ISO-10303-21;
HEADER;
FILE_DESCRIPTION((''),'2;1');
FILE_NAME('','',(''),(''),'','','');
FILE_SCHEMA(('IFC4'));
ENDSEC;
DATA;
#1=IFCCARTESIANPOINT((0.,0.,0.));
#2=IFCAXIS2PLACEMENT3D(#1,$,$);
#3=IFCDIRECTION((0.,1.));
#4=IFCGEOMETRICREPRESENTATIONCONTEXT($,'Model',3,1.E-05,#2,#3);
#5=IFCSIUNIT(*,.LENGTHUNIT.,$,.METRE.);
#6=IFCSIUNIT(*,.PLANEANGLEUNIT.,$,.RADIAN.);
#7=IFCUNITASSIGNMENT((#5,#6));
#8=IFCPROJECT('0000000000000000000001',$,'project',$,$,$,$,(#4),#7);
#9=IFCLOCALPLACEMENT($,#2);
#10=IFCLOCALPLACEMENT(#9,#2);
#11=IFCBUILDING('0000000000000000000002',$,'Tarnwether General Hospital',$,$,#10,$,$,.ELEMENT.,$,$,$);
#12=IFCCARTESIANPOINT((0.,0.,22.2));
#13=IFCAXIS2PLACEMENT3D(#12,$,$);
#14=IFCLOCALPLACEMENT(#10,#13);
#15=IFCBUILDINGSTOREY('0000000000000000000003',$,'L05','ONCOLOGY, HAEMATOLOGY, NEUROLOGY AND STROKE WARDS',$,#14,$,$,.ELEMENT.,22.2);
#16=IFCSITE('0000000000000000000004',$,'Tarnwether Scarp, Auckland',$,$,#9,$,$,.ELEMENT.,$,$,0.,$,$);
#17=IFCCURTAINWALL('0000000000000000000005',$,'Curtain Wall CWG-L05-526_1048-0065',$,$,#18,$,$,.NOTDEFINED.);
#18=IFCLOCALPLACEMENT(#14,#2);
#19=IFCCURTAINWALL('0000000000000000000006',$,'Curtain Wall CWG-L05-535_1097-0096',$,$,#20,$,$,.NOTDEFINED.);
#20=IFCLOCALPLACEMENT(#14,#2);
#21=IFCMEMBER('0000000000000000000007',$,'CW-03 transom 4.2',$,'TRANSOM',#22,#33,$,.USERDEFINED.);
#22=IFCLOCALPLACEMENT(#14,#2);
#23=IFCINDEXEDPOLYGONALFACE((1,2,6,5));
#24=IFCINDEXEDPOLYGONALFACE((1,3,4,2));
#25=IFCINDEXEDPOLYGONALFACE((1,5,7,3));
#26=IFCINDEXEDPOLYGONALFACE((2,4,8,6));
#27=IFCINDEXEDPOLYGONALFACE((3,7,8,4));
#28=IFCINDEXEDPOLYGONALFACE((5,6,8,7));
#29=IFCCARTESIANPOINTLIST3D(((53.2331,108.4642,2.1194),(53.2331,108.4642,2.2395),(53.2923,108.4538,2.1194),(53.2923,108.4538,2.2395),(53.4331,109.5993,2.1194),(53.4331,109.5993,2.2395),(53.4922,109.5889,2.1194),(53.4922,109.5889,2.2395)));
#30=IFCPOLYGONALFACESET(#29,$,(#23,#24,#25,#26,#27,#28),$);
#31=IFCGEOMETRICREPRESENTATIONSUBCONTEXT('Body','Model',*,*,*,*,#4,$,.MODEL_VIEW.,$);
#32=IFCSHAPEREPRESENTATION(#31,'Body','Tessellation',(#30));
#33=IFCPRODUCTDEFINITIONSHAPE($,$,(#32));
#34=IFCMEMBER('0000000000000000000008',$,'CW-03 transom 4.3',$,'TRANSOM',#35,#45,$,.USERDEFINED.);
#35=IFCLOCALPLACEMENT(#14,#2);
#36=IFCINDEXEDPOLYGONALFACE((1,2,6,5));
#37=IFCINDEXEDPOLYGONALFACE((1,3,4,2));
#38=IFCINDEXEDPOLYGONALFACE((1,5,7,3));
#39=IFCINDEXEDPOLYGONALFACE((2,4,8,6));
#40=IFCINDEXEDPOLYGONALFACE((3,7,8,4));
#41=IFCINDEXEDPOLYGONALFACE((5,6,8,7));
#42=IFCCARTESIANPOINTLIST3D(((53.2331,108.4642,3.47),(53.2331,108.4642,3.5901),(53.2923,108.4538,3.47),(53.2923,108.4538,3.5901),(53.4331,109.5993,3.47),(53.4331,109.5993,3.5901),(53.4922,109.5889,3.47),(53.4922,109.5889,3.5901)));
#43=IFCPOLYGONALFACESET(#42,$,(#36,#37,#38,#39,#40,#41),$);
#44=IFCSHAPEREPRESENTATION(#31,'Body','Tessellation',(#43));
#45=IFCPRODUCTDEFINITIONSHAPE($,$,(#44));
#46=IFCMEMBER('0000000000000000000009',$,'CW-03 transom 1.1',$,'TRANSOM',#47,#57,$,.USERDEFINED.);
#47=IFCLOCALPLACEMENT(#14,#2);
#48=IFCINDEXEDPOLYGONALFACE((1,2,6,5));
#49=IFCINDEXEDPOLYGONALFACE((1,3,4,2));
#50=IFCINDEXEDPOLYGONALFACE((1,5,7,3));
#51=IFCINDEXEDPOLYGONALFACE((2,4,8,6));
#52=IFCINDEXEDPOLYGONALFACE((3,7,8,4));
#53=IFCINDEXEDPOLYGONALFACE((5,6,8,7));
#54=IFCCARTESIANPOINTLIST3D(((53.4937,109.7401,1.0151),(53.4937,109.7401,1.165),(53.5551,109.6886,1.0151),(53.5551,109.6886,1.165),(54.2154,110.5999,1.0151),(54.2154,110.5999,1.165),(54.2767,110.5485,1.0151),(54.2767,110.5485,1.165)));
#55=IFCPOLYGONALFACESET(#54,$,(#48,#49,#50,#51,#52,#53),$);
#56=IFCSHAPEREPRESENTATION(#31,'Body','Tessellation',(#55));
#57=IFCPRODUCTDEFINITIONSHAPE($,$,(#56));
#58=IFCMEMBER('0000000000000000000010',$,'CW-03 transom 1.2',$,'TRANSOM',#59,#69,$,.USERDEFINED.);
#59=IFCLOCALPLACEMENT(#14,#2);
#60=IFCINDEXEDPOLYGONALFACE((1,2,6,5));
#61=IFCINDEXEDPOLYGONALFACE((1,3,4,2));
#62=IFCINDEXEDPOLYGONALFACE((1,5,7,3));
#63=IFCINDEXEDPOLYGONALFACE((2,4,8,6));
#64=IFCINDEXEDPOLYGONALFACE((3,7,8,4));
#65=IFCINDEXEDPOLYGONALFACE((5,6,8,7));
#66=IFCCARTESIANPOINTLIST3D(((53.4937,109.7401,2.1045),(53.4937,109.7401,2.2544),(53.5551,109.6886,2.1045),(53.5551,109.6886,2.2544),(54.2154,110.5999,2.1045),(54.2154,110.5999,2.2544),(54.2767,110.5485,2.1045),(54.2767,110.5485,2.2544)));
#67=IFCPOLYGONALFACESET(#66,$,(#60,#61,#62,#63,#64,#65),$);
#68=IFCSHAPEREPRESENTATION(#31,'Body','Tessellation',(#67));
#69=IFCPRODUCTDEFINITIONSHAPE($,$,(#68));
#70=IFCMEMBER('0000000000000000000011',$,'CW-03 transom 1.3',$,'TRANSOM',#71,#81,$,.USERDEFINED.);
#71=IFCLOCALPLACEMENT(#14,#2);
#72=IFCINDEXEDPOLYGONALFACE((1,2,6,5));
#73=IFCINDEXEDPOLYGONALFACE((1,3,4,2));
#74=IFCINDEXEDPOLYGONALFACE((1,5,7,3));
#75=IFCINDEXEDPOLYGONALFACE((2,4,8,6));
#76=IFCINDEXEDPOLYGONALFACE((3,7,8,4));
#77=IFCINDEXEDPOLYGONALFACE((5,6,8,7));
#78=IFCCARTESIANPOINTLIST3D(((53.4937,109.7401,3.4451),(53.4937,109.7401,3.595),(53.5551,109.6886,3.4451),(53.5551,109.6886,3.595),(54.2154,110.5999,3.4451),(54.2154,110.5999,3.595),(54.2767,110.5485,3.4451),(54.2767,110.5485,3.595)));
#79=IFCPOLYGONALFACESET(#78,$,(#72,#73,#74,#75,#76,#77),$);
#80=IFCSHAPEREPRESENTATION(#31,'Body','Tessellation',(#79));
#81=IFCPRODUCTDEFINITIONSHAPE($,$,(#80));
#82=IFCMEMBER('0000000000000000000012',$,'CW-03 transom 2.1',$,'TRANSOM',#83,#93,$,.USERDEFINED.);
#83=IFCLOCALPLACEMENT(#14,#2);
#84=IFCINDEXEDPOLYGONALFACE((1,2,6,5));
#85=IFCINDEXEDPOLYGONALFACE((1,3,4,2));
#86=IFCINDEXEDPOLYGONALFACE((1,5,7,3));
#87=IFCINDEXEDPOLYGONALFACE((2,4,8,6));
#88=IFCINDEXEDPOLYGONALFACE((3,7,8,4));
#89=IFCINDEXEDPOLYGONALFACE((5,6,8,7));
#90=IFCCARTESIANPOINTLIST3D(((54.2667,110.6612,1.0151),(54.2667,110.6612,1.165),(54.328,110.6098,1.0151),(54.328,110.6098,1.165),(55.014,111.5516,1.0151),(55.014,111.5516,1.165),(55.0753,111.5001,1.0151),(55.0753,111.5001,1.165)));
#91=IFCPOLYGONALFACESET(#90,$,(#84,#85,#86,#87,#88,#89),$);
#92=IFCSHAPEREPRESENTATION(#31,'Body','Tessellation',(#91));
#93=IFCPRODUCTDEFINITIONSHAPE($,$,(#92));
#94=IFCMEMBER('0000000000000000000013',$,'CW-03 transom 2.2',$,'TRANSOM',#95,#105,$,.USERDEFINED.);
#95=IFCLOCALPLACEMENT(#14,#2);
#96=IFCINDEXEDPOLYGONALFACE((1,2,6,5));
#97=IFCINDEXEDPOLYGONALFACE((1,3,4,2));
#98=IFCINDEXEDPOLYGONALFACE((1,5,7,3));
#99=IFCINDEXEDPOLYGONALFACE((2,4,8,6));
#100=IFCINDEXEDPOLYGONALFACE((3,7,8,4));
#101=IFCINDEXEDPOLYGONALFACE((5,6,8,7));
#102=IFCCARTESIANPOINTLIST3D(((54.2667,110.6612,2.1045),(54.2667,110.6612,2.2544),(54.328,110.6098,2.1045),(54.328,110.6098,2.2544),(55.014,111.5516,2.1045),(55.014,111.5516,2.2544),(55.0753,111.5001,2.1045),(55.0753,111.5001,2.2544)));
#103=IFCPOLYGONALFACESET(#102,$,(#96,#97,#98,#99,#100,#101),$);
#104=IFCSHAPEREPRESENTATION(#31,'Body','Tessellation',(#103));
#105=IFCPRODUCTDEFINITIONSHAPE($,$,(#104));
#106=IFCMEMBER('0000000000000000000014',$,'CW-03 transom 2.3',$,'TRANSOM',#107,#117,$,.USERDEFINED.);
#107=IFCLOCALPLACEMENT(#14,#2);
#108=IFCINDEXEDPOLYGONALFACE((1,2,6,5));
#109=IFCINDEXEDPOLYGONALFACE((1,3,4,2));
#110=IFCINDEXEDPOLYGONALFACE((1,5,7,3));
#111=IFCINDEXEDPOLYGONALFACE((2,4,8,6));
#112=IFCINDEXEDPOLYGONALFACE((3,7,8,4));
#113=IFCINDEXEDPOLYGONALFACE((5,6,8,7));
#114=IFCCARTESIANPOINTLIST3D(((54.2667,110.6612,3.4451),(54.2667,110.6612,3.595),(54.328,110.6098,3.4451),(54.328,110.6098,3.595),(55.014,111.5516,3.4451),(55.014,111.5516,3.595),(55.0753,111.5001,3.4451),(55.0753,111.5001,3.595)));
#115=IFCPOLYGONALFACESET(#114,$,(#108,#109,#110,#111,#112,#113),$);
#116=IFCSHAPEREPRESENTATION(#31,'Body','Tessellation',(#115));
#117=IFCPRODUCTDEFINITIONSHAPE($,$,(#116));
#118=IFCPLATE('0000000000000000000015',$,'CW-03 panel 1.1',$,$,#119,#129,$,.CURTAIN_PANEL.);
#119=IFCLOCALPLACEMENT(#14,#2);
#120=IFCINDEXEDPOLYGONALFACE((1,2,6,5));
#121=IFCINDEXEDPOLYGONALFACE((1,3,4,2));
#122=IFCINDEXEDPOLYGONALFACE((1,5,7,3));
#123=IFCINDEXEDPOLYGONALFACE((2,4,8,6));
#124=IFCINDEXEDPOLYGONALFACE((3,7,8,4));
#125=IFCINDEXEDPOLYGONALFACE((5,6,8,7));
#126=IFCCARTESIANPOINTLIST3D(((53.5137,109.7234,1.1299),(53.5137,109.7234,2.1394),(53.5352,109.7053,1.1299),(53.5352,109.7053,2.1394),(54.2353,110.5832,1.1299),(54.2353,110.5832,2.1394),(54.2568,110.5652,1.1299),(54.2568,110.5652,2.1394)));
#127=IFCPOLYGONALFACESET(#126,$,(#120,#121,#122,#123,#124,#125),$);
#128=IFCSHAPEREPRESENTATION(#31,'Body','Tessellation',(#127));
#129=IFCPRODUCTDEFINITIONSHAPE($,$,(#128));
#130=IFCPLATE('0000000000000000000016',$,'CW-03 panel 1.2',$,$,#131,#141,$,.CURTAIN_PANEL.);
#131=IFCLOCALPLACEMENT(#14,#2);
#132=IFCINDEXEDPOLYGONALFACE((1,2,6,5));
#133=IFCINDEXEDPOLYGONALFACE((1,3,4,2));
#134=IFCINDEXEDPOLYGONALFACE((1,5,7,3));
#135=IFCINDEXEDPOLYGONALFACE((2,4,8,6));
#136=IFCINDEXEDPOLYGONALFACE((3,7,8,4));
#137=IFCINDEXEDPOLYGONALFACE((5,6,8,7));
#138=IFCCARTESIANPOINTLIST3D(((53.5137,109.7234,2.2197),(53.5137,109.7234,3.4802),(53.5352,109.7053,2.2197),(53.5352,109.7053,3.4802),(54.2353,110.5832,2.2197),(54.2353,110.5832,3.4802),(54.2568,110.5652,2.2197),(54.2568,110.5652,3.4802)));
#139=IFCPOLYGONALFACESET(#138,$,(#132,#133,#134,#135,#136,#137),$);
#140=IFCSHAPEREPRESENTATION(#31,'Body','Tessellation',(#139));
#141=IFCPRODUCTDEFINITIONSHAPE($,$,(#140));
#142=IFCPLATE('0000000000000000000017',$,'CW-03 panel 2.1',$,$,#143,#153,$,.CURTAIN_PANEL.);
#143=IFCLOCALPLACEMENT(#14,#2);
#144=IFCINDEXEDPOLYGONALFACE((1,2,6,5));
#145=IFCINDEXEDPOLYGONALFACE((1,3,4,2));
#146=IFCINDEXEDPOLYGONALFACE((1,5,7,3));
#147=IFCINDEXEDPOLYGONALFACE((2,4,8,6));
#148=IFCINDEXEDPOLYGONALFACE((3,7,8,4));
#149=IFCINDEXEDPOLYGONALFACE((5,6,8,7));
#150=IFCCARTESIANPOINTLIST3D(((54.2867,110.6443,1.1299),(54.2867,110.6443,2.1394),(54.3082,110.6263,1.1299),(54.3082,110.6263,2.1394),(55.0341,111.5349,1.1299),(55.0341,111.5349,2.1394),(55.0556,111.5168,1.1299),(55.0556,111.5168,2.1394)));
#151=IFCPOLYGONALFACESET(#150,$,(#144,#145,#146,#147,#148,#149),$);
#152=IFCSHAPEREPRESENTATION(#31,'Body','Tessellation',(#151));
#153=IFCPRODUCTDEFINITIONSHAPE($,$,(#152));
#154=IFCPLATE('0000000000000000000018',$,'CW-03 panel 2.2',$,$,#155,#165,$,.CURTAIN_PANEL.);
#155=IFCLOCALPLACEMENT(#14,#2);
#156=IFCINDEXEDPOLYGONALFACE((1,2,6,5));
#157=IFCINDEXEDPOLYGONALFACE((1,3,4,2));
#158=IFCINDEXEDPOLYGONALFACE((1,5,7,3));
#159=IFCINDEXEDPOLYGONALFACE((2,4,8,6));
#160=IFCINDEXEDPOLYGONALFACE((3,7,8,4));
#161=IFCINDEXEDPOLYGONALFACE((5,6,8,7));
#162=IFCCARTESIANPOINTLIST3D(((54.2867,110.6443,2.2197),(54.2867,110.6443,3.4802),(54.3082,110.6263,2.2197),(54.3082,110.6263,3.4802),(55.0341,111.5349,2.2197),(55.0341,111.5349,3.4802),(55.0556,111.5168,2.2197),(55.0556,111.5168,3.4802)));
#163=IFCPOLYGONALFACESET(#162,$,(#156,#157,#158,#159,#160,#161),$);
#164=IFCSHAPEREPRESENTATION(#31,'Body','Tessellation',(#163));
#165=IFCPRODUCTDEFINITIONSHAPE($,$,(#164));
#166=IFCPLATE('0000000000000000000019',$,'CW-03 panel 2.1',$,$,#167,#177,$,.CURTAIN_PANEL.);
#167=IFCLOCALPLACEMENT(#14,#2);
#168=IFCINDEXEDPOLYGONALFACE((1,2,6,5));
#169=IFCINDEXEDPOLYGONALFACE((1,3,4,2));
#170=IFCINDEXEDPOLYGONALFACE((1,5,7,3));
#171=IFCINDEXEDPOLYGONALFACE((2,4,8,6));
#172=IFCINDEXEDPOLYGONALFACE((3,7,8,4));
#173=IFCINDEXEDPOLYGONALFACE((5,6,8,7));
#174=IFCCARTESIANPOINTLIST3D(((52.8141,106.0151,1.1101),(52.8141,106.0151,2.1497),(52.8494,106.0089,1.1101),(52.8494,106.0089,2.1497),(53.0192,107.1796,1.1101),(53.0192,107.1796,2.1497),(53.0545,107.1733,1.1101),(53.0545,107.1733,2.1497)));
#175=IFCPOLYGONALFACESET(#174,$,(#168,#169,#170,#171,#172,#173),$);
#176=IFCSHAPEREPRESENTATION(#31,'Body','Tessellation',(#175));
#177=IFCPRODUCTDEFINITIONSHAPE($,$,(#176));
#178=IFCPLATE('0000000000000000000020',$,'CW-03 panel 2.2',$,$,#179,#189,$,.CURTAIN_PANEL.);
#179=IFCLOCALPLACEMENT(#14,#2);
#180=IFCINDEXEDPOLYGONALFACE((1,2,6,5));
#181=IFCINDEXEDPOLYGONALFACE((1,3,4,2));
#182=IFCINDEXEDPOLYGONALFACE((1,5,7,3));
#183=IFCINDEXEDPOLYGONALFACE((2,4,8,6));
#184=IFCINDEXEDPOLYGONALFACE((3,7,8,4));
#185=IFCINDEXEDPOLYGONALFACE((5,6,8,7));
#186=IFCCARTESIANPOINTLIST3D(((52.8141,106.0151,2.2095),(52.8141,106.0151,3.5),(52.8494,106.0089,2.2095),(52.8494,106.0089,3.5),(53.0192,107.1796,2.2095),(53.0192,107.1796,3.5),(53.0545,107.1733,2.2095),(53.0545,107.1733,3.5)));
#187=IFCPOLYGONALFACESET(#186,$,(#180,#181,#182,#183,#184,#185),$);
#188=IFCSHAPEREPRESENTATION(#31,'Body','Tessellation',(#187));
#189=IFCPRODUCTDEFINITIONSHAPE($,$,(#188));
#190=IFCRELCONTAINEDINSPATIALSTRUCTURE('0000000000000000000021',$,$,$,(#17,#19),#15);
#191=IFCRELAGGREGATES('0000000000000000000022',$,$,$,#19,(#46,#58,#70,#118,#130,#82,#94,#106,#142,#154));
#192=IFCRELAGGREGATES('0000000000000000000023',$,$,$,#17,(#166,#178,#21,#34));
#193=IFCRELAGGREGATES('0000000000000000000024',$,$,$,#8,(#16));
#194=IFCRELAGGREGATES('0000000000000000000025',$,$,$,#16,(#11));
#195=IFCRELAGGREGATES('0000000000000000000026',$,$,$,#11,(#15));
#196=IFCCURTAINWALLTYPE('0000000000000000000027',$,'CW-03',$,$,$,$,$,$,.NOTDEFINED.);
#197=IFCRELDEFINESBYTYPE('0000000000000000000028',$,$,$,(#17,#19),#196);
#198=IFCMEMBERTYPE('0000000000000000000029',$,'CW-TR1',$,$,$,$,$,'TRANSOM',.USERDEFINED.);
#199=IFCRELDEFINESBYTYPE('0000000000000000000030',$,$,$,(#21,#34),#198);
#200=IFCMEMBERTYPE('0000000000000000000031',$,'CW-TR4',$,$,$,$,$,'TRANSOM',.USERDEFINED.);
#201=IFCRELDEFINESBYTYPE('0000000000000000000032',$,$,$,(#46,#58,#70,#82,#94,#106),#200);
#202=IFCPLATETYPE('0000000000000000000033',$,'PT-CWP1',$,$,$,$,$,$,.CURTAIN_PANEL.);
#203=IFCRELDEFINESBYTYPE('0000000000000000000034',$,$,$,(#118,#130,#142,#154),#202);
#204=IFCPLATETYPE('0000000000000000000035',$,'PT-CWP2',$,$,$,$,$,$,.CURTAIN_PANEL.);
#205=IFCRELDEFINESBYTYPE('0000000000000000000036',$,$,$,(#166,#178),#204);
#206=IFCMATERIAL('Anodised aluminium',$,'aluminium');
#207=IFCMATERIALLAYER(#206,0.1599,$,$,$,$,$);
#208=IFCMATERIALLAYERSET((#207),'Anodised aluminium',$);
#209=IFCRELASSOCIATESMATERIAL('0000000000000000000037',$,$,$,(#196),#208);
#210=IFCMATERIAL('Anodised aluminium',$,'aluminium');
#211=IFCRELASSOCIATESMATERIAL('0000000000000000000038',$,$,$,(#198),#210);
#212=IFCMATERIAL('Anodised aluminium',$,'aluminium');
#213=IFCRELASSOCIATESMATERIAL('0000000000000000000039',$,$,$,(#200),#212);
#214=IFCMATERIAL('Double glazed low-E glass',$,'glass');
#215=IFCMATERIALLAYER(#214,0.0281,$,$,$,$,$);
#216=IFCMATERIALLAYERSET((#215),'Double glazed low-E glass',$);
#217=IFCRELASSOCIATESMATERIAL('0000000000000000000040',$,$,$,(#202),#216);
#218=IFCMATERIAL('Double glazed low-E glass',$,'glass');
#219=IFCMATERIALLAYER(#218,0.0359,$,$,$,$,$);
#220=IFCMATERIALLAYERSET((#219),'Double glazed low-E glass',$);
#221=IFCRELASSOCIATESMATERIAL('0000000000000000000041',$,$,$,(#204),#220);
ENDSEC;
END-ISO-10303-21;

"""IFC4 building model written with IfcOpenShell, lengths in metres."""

from ifc_helpers import new_model, si_unit, direction, frame, origin, origin_2d, place, context, subcontext, project, spatial, rectangle, extrude, material, layer, layer_set, material_profile, profile_set, type_object, element, aggregate, save


model = new_model("IFC4")

# Units and contexts
model_context = context("Model", 3, precision=1e-05, world=origin(), true_north=direction((0.0, 1.0)))
body_context = subcontext(model_context, "Body", "Model", "MODEL_VIEW")
ifc_project = project(units=[si_unit("LENGTHUNIT", "METRE"), si_unit("PLANEANGLEUNIT", "RADIAN")], contexts=[model_context])

# Site, building, storey
site_placement = place(None, origin())
site = spatial("IfcSite", under=ifc_project, at=site_placement, Name="Tarnwether Scarp, Auckland", CompositionType="ELEMENT", RefElevation=0.0)
building_placement = place(site_placement, origin())
building = spatial("IfcBuilding", under=site, at=building_placement, Name="Tarnwether General Hospital", CompositionType="ELEMENT")
storey_placement = place(building_placement, frame((0.0, 0.0, 22.2)))
storey = spatial("IfcBuildingStorey", under=building, at=storey_placement, Name="L05", Description="ONCOLOGY, HAEMATOLOGY, NEUROLOGY AND STROKE WARDS", CompositionType="ELEMENT", Elevation=22.2)

# Curtain walls
ifc_material_1 = material(Name="Anodised aluminium", Category="aluminium")
ifc_layer_1 = layer(ifc_material_1, 0.1599)
ifc_layer_set_1 = layer_set([ifc_layer_1], Name="Anodised aluminium")
curtain_wall_type = type_object("IfcCurtainWallType", Name="CW-03", PredefinedType="NOTDEFINED", material=ifc_layer_set_1)
curtain_wall_1_placement = place(storey_placement, origin())
curtain_wall_1 = element("IfcCurtainWall", 1, at=curtain_wall_1_placement, inside=storey, type_object=curtain_wall_type, Name="Curtain Wall CWG-L05-526_1048-0065", PredefinedType="NOTDEFINED")
curtain_wall_2_placement = place(storey_placement, origin())
curtain_wall_2 = element("IfcCurtainWall", 2, at=curtain_wall_2_placement, inside=storey, type_object=curtain_wall_type, Name="Curtain Wall CWG-L05-535_1097-0096", PredefinedType="NOTDEFINED")

# Members
ifc_material_2 = material(Name="Anodised aluminium", Category="aluminium")
ifc_material_profile_1 = material_profile(ifc_material_2, rectangle(XDim=0.0601, YDim=0.1201, at=origin_2d()), Name="ALU-TRN-60x120")
ifc_profile_set_1 = profile_set([ifc_material_profile_1], Name="Anodised aluminium")
member_type_1 = type_object("IfcMemberType", Name="CW-TR1", ElementType="TRANSOM", PredefinedType="USERDEFINED", material=ifc_profile_set_1)
member_1_placement = place(storey_placement, frame((53.2627, 108.459, 2.1794), z_axis=(0.173495, 0.984835, 0.0), x_axis=(-0.984835, 0.173495, 0.0)))
member_1 = element("IfcMember", 3, at=member_1_placement, type_object=member_type_1, Name="CW-03 transom 4.2", ObjectType="TRANSOM", PredefinedType="USERDEFINED", context=body_context, shape_type="SweptSolid", body=[
    extrude(rectangle(XDim=0.0601, YDim=0.1201, at=origin_2d()), origin(), (0.0, 0.0, 1.0), 1.1526),
])
member_2_placement = place(storey_placement, frame((53.2627, 108.459, 3.53), z_axis=(0.173495, 0.984835, 0.0), x_axis=(-0.984835, 0.173495, 0.0)))
member_2 = element("IfcMember", 4, at=member_2_placement, type_object=member_type_1, Name="CW-03 transom 4.3", ObjectType="TRANSOM", PredefinedType="USERDEFINED", context=body_context, shape_type="SweptSolid", body=[
    extrude(rectangle(XDim=0.0601, YDim=0.1201, at=origin_2d()), origin(), (0.0, 0.0, 1.0), 1.1526),
])
ifc_material_3 = material(Name="Anodised aluminium", Category="aluminium")
ifc_material_profile_2 = material_profile(ifc_material_3, rectangle(XDim=0.0801, YDim=0.1499, at=origin_2d()), Name="ALU-TRN-80x150")
ifc_profile_set_2 = profile_set([ifc_material_profile_2], Name="Anodised aluminium")
member_type_2 = type_object("IfcMemberType", Name="CW-TR4", ElementType="TRANSOM", PredefinedType="USERDEFINED", material=ifc_profile_set_2)
member_3_placement = place(storey_placement, frame((53.5244, 109.7144, 1.0901), z_axis=(0.642876, 0.76597, 0.0), x_axis=(-0.76597, 0.642876, 0.0)))
member_3 = element("IfcMember", 5, at=member_3_placement, type_object=member_type_2, Name="CW-03 transom 1.1", ObjectType="TRANSOM", PredefinedType="USERDEFINED", context=body_context, shape_type="SweptSolid", body=[
    extrude(rectangle(XDim=0.0801, YDim=0.1499, at=origin_2d()), origin(), (0.0, 0.0, 1.0), 1.1226),
])
member_4_placement = place(storey_placement, frame((53.5244, 109.7144, 2.1794), z_axis=(0.642876, 0.76597, 0.0), x_axis=(-0.76597, 0.642876, 0.0)))
member_4 = element("IfcMember", 6, at=member_4_placement, type_object=member_type_2, Name="CW-03 transom 1.2", ObjectType="TRANSOM", PredefinedType="USERDEFINED", context=body_context, shape_type="SweptSolid", body=[
    extrude(rectangle(XDim=0.0801, YDim=0.1499, at=origin_2d()), origin(), (0.0, 0.0, 1.0), 1.1226),
])
member_5_placement = place(storey_placement, frame((53.5244, 109.7144, 3.52), z_axis=(0.642876, 0.76597, 0.0), x_axis=(-0.76597, 0.642876, 0.0)))
member_5 = element("IfcMember", 7, at=member_5_placement, type_object=member_type_2, Name="CW-03 transom 1.3", ObjectType="TRANSOM", PredefinedType="USERDEFINED", context=body_context, shape_type="SweptSolid", body=[
    extrude(rectangle(XDim=0.0801, YDim=0.1499, at=origin_2d()), origin(), (0.0, 0.0, 1.0), 1.1226),
])
member_6_placement = place(storey_placement, frame((54.2974, 110.6355, 1.0901), z_axis=(0.642887, 0.765961, 0.0), x_axis=(-0.765961, 0.642887, 0.0)))
member_6 = element("IfcMember", 8, at=member_6_placement, type_object=member_type_2, Name="CW-03 transom 2.1", ObjectType="TRANSOM", PredefinedType="USERDEFINED", context=body_context, shape_type="SweptSolid", body=[
    extrude(rectangle(XDim=0.0801, YDim=0.1499, at=origin_2d()), origin(), (0.0, 0.0, 1.0), 1.1624),
])
member_7_placement = place(storey_placement, frame((54.2974, 110.6355, 2.1794), z_axis=(0.642887, 0.765961, 0.0), x_axis=(-0.765961, 0.642887, 0.0)))
member_7 = element("IfcMember", 9, at=member_7_placement, type_object=member_type_2, Name="CW-03 transom 2.2", ObjectType="TRANSOM", PredefinedType="USERDEFINED", context=body_context, shape_type="SweptSolid", body=[
    extrude(rectangle(XDim=0.0801, YDim=0.1499, at=origin_2d()), origin(), (0.0, 0.0, 1.0), 1.1624),
])
member_8_placement = place(storey_placement, frame((54.2974, 110.6355, 3.52), z_axis=(0.642887, 0.765961, 0.0), x_axis=(-0.765961, 0.642887, 0.0)))
member_8 = element("IfcMember", 10, at=member_8_placement, type_object=member_type_2, Name="CW-03 transom 2.3", ObjectType="TRANSOM", PredefinedType="USERDEFINED", context=body_context, shape_type="SweptSolid", body=[
    extrude(rectangle(XDim=0.0801, YDim=0.1499, at=origin_2d()), origin(), (0.0, 0.0, 1.0), 1.1624),
])

# Plates
ifc_material_4 = material(Name="Double glazed low-E glass", Category="glass")
ifc_layer_2 = layer(ifc_material_4, 0.0281)
ifc_layer_set_2 = layer_set([ifc_layer_2], Name="Double glazed low-E glass")
plate_type_1 = type_object("IfcPlateType", Name="PT-CWP1", PredefinedType="CURTAIN_PANEL", material=ifc_layer_set_2)
plate_1_placement = place(storey_placement, frame((53.8853, 110.1443, 1.1299), z_axis=(0.0, 0.0, 1.0), x_axis=(0.642852, 0.76599, 0.0)))
plate_1 = element("IfcPlate", 11, at=plate_1_placement, type_object=plate_type_1, Name="CW-03 panel 1.1", PredefinedType="CURTAIN_PANEL", context=body_context, shape_type="SweptSolid", body=[
    extrude(rectangle(XDim=1.1226, YDim=0.0281, at=origin_2d()), origin(), (0.0, 0.0, 1.0), 1.0095),
])
plate_2_placement = place(storey_placement, frame((53.8853, 110.1443, 2.2197), z_axis=(0.0, 0.0, 1.0), x_axis=(0.642852, 0.76599, 0.0)))
plate_2 = element("IfcPlate", 12, at=plate_2_placement, type_object=plate_type_1, Name="CW-03 panel 1.2", PredefinedType="CURTAIN_PANEL", context=body_context, shape_type="SweptSolid", body=[
    extrude(rectangle(XDim=1.1226, YDim=0.0281, at=origin_2d()), origin(), (0.0, 0.0, 1.0), 1.2605),
])
plate_3_placement = place(storey_placement, frame((54.6711, 111.0806, 1.1299), z_axis=(0.0, 0.0, 1.0), x_axis=(0.642852, 0.76599, 0.0)))
plate_3 = element("IfcPlate", 13, at=plate_3_placement, type_object=plate_type_1, Name="CW-03 panel 2.1", PredefinedType="CURTAIN_PANEL", context=body_context, shape_type="SweptSolid", body=[
    extrude(rectangle(XDim=1.1626, YDim=0.0281, at=origin_2d()), origin(), (0.0, 0.0, 1.0), 1.0095),
])
plate_4_placement = place(storey_placement, frame((54.6711, 111.0806, 2.2197), z_axis=(0.0, 0.0, 1.0), x_axis=(0.642852, 0.76599, 0.0)))
plate_4 = element("IfcPlate", 14, at=plate_4_placement, type_object=plate_type_1, Name="CW-03 panel 2.2", PredefinedType="CURTAIN_PANEL", context=body_context, shape_type="SweptSolid", body=[
    extrude(rectangle(XDim=1.1626, YDim=0.0281, at=origin_2d()), origin(), (0.0, 0.0, 1.0), 1.2605),
])
aggregate(curtain_wall_2, [member_3, member_4, member_5, plate_1, plate_2, member_6, member_7, member_8, plate_3, plate_4])
ifc_material_5 = material(Name="Double glazed low-E glass", Category="glass")
ifc_layer_3 = layer(ifc_material_5, 0.0359)
ifc_layer_set_3 = layer_set([ifc_layer_3], Name="Double glazed low-E glass")
plate_type_2 = type_object("IfcPlateType", Name="PT-CWP2", PredefinedType="CURTAIN_PANEL", material=ifc_layer_set_3)
plate_5_placement = place(storey_placement, frame((52.9343, 106.5942, 1.1101), z_axis=(0.0, 0.0, 1.0), x_axis=(0.173464, 0.98484, 0.0)))
plate_5 = element("IfcPlate", 15, at=plate_5_placement, type_object=plate_type_2, Name="CW-03 panel 2.1", PredefinedType="CURTAIN_PANEL", context=body_context, shape_type="SweptSolid", body=[
    extrude(rectangle(XDim=1.1824, YDim=0.0359, at=origin_2d()), origin(), (0.0, 0.0, 1.0), 1.0396),
])
plate_6_placement = place(storey_placement, frame((52.9343, 106.5942, 2.2095), z_axis=(0.0, 0.0, 1.0), x_axis=(0.173464, 0.98484, 0.0)))
plate_6 = element("IfcPlate", 16, at=plate_6_placement, type_object=plate_type_2, Name="CW-03 panel 2.2", PredefinedType="CURTAIN_PANEL", context=body_context, shape_type="SweptSolid", body=[
    extrude(rectangle(XDim=1.1824, YDim=0.0359, at=origin_2d()), origin(), (0.0, 0.0, 1.0), 1.2905),
])
aggregate(curtain_wall_1, [plate_5, plate_6, member_1, member_2])

save(model, "model.ifc")
